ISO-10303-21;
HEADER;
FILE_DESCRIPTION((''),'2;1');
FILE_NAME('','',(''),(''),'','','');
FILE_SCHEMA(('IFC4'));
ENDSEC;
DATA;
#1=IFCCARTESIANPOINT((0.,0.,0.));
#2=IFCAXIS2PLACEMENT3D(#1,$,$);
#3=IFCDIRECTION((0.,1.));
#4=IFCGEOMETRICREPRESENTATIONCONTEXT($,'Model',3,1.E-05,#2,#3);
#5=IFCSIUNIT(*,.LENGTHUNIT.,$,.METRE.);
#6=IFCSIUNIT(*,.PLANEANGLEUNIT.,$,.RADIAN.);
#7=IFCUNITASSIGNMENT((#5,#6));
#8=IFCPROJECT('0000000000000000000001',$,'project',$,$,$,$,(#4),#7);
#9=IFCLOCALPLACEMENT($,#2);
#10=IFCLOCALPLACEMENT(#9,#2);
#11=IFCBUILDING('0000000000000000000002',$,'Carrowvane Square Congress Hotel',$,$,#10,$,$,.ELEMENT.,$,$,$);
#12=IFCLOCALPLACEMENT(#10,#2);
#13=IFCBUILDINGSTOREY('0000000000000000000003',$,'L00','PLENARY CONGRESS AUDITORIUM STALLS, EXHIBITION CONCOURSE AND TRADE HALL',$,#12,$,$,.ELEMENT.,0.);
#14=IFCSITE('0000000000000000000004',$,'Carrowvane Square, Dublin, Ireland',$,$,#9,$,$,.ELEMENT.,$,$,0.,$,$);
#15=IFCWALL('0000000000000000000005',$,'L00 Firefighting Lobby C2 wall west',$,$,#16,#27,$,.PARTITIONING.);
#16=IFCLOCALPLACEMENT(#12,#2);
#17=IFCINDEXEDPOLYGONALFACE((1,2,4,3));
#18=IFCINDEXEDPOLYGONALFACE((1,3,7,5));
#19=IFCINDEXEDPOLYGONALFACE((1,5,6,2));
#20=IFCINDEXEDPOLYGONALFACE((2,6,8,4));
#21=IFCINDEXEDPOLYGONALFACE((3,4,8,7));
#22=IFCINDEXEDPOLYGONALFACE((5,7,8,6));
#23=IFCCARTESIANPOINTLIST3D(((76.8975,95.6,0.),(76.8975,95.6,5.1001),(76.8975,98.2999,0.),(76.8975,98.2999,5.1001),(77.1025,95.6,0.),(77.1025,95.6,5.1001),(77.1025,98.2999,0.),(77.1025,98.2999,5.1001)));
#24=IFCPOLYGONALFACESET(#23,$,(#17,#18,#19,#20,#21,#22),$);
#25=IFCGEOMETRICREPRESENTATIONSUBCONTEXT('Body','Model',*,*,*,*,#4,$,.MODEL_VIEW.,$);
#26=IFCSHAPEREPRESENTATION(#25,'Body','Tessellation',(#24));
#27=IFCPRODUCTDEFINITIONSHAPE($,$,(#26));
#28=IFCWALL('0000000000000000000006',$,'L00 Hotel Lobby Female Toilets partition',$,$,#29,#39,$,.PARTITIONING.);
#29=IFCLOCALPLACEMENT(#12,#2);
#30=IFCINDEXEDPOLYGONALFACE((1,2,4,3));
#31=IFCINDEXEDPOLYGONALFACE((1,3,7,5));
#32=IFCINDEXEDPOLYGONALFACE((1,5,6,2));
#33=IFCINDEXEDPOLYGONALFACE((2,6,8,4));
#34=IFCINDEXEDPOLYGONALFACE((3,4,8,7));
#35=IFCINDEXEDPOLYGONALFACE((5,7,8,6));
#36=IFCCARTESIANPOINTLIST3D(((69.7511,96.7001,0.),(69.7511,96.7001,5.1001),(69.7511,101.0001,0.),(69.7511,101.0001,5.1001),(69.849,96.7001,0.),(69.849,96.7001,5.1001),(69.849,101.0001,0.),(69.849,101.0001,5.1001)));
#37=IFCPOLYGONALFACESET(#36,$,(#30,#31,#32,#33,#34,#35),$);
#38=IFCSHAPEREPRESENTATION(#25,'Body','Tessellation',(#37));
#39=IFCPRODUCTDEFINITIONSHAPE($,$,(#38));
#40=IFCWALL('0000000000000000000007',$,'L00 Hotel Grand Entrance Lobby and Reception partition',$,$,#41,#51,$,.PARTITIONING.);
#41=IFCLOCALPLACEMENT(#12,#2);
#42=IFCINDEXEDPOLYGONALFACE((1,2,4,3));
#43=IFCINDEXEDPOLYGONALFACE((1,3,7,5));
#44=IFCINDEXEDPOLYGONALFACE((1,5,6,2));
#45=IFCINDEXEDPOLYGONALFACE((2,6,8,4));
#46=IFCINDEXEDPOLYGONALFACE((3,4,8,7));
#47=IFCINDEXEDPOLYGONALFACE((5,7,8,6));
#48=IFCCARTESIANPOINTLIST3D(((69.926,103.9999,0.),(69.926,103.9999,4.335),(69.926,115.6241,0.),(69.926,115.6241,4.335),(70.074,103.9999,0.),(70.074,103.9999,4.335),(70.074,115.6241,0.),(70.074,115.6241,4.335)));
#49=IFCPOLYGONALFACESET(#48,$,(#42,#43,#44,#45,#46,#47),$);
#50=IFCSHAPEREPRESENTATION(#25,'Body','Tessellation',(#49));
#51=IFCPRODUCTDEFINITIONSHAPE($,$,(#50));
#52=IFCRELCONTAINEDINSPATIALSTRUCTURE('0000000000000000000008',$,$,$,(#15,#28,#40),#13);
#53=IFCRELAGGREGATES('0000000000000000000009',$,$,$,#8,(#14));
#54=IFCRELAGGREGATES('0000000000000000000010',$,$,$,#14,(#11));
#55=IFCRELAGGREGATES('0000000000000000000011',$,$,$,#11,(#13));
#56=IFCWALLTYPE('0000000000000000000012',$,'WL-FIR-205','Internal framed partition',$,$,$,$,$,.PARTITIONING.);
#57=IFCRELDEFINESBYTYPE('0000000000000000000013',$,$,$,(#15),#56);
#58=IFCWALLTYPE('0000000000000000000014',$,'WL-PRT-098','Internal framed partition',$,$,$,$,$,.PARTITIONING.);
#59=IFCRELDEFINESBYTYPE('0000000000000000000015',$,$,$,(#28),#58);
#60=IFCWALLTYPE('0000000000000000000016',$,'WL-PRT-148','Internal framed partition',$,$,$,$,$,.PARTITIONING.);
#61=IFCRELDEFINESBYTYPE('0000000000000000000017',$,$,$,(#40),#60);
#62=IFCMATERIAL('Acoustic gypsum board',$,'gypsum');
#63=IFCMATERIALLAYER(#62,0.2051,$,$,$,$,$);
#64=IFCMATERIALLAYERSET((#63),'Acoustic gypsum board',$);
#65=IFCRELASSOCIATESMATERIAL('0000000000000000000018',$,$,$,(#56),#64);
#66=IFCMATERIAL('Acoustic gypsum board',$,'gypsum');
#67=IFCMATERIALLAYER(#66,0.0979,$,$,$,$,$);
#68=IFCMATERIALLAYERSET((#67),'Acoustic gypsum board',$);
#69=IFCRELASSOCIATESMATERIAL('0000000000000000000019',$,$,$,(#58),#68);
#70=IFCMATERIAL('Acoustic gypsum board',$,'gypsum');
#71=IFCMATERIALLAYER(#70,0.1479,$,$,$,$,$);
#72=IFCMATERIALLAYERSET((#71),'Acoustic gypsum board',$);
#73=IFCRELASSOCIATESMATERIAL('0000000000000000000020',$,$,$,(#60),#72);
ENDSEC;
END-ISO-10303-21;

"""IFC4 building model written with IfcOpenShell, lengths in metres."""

from ifc_helpers import new_model, si_unit, direction, frame, frame_2d, origin, place, context, subcontext, project, spatial, rectangle, extrude, material, layer, layer_set, type_object, element, save


model = new_model("IFC4")

# Units and contexts
model_context = context("Model", 3, precision=1e-05, world=origin(), true_north=direction((0.0, 1.0)))
body_context = subcontext(model_context, "Body", "Model", "MODEL_VIEW")
ifc_project = project(units=[si_unit("LENGTHUNIT", "METRE"), si_unit("PLANEANGLEUNIT", "RADIAN")], contexts=[model_context])

# Site, building, storey
site_placement = place(None, origin())
site = spatial("IfcSite", under=ifc_project, at=site_placement, Name="Carrowvane Square, Dublin, Ireland", CompositionType="ELEMENT", RefElevation=0.0)
building_placement = place(site_placement, origin())
building = spatial("IfcBuilding", under=site, at=building_placement, Name="Carrowvane Square Congress Hotel", CompositionType="ELEMENT")
storey_placement = place(building_placement, origin())
storey = spatial("IfcBuildingStorey", under=building, at=storey_placement, Name="L00", Description="PLENARY CONGRESS AUDITORIUM STALLS, EXHIBITION CONCOURSE AND TRADE HALL", CompositionType="ELEMENT", Elevation=0.0)

# Shared definitions
ifc_material_1 = material(Name="Acoustic gypsum board", Category="gypsum")
ifc_layer_1 = layer(ifc_material_1, 0.2051)
ifc_layer_set_1 = layer_set([ifc_layer_1], Name="Acoustic gypsum board")
wall_type_1 = type_object("IfcWallType", Name="WL-FIR-205", Description="Internal framed partition", PredefinedType="PARTITIONING", material=ifc_layer_set_1)

# Walls
wall_1_placement = place(storey_placement, frame((77.0, 98.3, 0.0), z_axis=(0.0, 0.0, 1.0), x_axis=(0.0, -1.0, 0.0)))
element("IfcWall", 1, at=wall_1_placement, inside=storey, type_object=wall_type_1, Name="L00 Firefighting Lobby C2 wall west", PredefinedType="PARTITIONING", context=body_context, shape_type="SweptSolid", body=[
    extrude(rectangle(XDim=2.7, YDim=0.2051, at=frame_2d((1.3501, 0.0))), origin(), (0.0, 0.0, 1.0), 5.1001),
])
ifc_material_2 = material(Name="Acoustic gypsum board", Category="gypsum")
ifc_layer_2 = layer(ifc_material_2, 0.0979)
ifc_layer_set_2 = layer_set([ifc_layer_2], Name="Acoustic gypsum board")
wall_type_2 = type_object("IfcWallType", Name="WL-PRT-098", Description="Internal framed partition", PredefinedType="PARTITIONING", material=ifc_layer_set_2)
wall_2_placement = place(storey_placement, frame((69.8, 101.0, 0.0), z_axis=(0.0, 0.0, 1.0), x_axis=(0.0, -1.0, 0.0)))
element("IfcWall", 2, at=wall_2_placement, inside=storey, type_object=wall_type_2, Name="L00 Hotel Lobby Female Toilets partition", PredefinedType="PARTITIONING", context=body_context, shape_type="SweptSolid", body=[
    extrude(rectangle(XDim=4.3, YDim=0.0979, at=frame_2d((2.1499, 0.0))), origin(), (0.0, 0.0, 1.0), 5.1001),
])
ifc_material_3 = material(Name="Acoustic gypsum board", Category="gypsum")
ifc_layer_3 = layer(ifc_material_3, 0.1479)
ifc_layer_set_3 = layer_set([ifc_layer_3], Name="Acoustic gypsum board")
wall_type_3 = type_object("IfcWallType", Name="WL-PRT-148", Description="Internal framed partition", PredefinedType="PARTITIONING", material=ifc_layer_set_3)
wall_3_placement = place(storey_placement, frame((70.0, 104.0, 0.0), z_axis=(0.0, 0.0, 1.0), x_axis=(0.0, 1.0, 0.0)))
element("IfcWall", 3, at=wall_3_placement, inside=storey, type_object=wall_type_3, Name="L00 Hotel Grand Entrance Lobby and Reception partition", PredefinedType="PARTITIONING", context=body_context, shape_type="SweptSolid", body=[
    extrude(rectangle(XDim=11.6243, YDim=0.1479, at=frame_2d((5.812, 0.0))), origin(), (0.0, 0.0, 1.0), 4.335),
])

save(model, "model.ifc")
